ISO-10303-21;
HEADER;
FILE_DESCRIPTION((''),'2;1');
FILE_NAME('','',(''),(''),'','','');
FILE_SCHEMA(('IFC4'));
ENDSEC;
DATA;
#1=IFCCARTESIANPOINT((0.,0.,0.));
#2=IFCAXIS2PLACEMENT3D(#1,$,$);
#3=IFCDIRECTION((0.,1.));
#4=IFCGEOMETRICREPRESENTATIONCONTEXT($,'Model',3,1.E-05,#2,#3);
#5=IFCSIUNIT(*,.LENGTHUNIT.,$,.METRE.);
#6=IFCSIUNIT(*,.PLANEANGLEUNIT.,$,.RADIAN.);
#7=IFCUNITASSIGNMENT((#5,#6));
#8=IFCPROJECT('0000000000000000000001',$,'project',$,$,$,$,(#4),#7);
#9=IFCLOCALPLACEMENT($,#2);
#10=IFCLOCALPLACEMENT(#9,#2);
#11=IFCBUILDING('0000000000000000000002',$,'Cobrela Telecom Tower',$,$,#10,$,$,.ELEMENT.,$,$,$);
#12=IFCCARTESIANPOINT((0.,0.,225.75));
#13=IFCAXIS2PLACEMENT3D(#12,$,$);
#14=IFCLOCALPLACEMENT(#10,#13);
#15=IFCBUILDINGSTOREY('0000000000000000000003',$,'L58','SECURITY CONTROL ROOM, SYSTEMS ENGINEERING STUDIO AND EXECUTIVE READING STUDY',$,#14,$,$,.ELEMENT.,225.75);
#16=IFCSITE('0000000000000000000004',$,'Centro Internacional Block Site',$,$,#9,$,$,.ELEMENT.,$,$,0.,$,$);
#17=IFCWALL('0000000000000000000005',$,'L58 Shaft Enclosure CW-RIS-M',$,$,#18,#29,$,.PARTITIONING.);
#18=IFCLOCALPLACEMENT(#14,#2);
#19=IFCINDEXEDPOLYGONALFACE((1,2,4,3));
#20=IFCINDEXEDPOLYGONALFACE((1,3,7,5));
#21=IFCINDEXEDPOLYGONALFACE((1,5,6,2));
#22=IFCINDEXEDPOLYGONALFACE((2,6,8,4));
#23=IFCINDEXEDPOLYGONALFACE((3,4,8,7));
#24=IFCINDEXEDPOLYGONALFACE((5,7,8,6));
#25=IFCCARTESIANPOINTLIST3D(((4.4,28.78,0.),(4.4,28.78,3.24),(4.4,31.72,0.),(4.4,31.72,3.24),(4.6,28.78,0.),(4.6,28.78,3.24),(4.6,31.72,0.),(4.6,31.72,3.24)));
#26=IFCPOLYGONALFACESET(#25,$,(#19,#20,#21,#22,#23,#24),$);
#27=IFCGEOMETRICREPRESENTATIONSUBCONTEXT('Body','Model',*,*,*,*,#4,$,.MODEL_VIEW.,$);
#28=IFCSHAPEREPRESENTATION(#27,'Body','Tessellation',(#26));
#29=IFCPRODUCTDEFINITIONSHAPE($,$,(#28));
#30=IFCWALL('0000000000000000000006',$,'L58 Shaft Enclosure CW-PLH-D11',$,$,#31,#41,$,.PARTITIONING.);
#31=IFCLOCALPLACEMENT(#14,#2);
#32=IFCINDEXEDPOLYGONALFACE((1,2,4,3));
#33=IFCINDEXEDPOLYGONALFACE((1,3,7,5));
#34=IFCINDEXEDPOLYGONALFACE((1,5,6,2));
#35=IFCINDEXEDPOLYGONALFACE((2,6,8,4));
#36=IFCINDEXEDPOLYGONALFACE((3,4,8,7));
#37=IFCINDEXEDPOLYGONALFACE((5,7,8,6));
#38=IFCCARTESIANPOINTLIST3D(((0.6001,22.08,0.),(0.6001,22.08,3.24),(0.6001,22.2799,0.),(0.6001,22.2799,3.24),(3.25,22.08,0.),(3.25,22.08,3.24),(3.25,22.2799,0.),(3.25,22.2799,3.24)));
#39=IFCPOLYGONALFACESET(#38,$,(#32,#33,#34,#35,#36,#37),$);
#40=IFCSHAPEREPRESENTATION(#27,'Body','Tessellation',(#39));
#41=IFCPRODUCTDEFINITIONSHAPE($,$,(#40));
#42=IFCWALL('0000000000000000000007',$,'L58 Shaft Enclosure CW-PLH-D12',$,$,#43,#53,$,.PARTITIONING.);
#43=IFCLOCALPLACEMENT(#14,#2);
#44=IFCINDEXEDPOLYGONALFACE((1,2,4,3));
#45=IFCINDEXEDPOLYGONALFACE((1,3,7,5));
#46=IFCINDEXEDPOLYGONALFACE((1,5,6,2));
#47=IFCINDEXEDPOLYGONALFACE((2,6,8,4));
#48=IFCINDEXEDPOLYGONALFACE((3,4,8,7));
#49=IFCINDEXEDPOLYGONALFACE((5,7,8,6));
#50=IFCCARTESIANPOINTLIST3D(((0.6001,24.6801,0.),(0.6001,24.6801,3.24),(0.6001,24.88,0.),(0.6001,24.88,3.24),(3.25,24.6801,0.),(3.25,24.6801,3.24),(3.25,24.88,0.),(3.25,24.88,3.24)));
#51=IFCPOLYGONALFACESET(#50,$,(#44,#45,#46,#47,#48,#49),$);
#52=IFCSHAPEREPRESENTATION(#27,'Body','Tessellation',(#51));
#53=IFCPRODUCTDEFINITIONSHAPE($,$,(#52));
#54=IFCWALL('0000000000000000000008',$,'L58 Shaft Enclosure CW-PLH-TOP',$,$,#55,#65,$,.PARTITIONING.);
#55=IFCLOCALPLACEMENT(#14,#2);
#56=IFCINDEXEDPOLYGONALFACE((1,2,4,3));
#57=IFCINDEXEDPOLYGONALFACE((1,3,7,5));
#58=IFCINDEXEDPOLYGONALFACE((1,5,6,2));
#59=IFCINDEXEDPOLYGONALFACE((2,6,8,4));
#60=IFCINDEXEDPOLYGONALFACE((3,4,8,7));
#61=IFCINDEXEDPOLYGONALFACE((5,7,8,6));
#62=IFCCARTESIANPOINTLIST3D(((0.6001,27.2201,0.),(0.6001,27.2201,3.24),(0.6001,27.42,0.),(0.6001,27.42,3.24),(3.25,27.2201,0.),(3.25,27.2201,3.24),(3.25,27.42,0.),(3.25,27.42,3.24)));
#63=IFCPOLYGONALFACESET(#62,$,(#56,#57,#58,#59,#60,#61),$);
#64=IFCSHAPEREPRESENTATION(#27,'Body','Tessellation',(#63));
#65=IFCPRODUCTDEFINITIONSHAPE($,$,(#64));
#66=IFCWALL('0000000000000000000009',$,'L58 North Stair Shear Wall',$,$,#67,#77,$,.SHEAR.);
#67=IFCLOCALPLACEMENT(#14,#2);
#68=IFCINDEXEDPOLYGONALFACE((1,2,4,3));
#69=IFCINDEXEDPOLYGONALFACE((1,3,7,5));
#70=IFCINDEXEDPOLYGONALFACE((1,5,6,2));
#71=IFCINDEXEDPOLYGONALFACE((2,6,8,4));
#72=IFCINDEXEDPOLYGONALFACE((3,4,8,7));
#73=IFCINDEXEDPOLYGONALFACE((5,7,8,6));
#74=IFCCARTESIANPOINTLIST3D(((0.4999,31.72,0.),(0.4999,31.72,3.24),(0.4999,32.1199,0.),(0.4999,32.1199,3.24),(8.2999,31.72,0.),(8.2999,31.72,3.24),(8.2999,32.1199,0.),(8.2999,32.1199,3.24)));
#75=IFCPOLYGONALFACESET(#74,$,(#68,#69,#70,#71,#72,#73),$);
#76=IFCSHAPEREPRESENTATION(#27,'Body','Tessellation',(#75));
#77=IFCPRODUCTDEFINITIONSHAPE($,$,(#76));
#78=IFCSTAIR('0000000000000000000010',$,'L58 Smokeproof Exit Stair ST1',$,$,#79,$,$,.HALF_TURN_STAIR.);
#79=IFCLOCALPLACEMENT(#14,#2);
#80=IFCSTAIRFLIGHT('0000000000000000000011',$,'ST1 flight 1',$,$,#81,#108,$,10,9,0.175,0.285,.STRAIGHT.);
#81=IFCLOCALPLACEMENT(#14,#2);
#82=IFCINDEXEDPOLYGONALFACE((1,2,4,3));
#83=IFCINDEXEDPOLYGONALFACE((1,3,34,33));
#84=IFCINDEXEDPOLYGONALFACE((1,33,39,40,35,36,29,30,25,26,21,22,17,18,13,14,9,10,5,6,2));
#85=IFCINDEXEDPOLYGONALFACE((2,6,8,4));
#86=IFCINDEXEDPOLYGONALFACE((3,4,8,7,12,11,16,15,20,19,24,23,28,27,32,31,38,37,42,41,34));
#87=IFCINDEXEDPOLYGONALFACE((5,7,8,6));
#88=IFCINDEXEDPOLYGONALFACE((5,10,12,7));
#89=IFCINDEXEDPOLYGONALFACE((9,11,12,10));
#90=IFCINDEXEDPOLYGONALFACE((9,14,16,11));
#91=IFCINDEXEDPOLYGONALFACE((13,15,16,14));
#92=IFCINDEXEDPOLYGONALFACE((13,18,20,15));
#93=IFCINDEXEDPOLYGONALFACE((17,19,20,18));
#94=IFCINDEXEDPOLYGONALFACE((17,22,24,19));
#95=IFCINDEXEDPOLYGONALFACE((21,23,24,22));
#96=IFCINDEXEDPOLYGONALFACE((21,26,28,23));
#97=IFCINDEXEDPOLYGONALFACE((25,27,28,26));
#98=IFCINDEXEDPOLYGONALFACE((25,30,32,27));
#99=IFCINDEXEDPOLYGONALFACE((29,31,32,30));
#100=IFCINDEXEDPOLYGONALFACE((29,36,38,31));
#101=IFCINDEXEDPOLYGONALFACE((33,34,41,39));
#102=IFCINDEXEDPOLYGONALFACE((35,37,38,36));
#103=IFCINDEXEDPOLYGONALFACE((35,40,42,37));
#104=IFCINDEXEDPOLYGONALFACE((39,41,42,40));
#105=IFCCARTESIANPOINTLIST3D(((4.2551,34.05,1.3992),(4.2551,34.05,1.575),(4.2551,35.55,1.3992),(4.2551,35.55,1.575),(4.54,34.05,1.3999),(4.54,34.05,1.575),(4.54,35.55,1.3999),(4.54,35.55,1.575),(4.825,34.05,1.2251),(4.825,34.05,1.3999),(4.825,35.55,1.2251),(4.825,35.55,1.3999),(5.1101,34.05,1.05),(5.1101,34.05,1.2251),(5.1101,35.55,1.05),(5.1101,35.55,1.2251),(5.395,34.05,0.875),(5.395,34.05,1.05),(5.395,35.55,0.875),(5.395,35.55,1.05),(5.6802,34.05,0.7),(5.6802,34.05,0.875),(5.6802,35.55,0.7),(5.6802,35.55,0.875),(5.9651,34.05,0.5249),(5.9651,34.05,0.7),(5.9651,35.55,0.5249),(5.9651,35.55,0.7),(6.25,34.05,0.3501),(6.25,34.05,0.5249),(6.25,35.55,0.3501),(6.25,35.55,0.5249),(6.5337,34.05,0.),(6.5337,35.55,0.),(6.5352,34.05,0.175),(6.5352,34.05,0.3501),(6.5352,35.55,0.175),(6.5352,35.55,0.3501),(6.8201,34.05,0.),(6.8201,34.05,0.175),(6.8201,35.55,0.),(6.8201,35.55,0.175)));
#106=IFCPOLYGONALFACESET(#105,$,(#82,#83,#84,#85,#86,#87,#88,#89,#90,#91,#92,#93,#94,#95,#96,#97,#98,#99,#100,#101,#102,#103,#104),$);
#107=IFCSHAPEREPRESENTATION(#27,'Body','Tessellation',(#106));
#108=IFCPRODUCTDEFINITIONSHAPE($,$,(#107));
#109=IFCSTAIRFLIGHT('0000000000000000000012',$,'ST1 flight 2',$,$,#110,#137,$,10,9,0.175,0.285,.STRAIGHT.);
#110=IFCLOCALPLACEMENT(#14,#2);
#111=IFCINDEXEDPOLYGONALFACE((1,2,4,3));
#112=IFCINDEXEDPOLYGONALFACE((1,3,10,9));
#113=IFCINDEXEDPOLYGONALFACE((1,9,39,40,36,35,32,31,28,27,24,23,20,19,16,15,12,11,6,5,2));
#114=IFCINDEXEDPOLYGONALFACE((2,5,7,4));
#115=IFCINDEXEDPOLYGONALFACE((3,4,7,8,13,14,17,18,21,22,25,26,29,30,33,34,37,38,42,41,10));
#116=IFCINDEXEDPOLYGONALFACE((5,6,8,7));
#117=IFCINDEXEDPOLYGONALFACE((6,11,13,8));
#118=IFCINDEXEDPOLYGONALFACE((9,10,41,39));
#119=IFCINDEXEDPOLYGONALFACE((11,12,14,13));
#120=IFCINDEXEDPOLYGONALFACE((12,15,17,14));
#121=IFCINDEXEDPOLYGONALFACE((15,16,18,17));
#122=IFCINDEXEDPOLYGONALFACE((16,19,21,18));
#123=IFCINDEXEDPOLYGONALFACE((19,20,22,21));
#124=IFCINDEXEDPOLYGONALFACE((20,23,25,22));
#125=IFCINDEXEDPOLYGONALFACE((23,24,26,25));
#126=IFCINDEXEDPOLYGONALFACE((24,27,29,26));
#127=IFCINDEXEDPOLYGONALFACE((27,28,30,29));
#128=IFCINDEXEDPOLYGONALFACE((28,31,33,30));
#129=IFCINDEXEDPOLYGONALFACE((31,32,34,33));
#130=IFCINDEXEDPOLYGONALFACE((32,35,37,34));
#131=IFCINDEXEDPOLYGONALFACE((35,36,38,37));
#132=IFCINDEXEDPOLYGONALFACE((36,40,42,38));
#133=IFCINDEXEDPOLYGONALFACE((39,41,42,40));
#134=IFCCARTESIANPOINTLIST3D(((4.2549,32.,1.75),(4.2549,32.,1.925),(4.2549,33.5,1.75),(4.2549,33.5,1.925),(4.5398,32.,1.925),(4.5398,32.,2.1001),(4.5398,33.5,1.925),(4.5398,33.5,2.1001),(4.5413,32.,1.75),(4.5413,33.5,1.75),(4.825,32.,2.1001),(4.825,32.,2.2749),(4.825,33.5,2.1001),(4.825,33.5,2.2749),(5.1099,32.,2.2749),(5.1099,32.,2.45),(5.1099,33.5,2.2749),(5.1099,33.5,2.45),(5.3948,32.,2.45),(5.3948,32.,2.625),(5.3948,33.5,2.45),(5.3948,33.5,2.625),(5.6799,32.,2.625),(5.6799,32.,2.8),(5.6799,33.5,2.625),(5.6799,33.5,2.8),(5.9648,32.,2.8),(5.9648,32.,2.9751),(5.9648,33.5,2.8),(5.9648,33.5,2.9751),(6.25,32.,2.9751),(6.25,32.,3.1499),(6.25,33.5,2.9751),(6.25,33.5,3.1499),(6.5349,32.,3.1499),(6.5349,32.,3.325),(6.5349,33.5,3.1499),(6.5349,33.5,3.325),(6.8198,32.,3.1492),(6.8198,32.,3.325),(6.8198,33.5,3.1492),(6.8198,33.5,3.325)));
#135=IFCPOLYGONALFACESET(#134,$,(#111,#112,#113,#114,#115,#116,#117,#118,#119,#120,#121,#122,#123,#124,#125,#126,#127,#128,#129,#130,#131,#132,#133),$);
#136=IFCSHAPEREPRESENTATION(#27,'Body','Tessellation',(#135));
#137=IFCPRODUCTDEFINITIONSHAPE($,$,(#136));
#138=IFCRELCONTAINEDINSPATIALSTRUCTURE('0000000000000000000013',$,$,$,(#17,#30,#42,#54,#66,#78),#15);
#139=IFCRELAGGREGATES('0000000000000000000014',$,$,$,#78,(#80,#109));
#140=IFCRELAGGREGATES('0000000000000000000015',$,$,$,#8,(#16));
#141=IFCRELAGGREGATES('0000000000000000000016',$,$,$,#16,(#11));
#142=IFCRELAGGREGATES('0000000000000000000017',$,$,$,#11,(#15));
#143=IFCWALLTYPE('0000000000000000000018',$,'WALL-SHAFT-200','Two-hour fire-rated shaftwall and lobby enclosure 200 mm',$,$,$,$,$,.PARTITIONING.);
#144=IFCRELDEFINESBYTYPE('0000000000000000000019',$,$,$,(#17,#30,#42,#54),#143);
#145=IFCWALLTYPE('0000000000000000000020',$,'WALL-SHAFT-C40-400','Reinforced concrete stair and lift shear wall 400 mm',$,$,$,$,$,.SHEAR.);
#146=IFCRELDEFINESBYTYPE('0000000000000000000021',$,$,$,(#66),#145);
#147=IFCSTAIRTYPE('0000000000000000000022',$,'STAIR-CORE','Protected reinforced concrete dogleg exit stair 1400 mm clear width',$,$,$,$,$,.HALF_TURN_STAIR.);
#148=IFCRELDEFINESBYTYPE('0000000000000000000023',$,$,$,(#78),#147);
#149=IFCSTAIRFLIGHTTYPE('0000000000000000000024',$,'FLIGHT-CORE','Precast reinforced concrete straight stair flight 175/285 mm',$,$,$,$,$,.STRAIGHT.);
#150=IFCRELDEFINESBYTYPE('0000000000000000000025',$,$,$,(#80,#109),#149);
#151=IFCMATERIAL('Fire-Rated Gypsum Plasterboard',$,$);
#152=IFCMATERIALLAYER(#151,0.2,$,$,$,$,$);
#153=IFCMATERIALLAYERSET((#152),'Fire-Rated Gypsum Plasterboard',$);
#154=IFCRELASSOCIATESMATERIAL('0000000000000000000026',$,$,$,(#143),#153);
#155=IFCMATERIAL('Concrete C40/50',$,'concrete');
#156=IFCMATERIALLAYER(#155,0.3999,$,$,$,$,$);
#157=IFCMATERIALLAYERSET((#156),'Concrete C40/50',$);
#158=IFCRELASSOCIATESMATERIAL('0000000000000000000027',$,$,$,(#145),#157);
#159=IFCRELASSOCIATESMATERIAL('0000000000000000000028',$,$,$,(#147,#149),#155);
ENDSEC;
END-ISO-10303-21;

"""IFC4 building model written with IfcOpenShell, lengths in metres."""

from ifc_helpers import new_model, si_unit, direction, frame, frame_2d, origin, place, context, subcontext, project, spatial, polyline, rectangle, outline, extrude, material, layer, layer_set, type_object, element, aggregate, save


model = new_model("IFC4")

# Units and contexts
model_context = context("Model", 3, precision=1e-05, world=origin(), true_north=direction((0.0, 1.0)))
body_context = subcontext(model_context, "Body", "Model", "MODEL_VIEW")
ifc_project = project(units=[si_unit("LENGTHUNIT", "METRE"), si_unit("PLANEANGLEUNIT", "RADIAN")], contexts=[model_context])

# Site, building, storey
site_placement = place(None, origin())
site = spatial("IfcSite", under=ifc_project, at=site_placement, Name="Centro Internacional Block Site", CompositionType="ELEMENT", RefElevation=0.0)
building_placement = place(site_placement, origin())
building = spatial("IfcBuilding", under=site, at=building_placement, Name="Cobrela Telecom Tower", CompositionType="ELEMENT")
storey_placement = place(building_placement, frame((0.0, 0.0, 225.75)))
storey = spatial("IfcBuildingStorey", under=building, at=storey_placement, Name="L58", Description="SECURITY CONTROL ROOM, SYSTEMS ENGINEERING STUDIO AND EXECUTIVE READING STUDY", CompositionType="ELEMENT", Elevation=225.75)

# Shared definitions
ifc_material_1 = material(Name="Fire-Rated Gypsum Plasterboard")
ifc_layer_1 = layer(ifc_material_1, 0.2)
ifc_layer_set_1 = layer_set([ifc_layer_1], Name="Fire-Rated Gypsum Plasterboard")
wall_type_1 = type_object("IfcWallType", Name="WALL-SHAFT-200", Description="Two-hour fire-rated shaftwall and lobby enclosure 200 mm", PredefinedType="PARTITIONING", material=ifc_layer_set_1)

# Walls
wall_1_placement = place(storey_placement, frame((4.5, 28.78, 0.0), z_axis=(0.0, 0.0, 1.0), x_axis=(0.0, 1.0, 0.0)))
element("IfcWall", 1, at=wall_1_placement, inside=storey, type_object=wall_type_1, Name="L58 Shaft Enclosure CW-RIS-M", PredefinedType="PARTITIONING", context=body_context, shape_type="SweptSolid", body=[
    extrude(rectangle(XDim=2.9399, YDim=0.2, at=frame_2d((1.47, 0.0))), origin(), (0.0, 0.0, 1.0), 3.24),
])
for number, where, z_axis, x_axis, name in (
    (2, (0.6001, 22.1799, 0.0), (0.0, 0.0, 1.0), (1.0, 0.0, 0.0), "L58 Shaft Enclosure CW-PLH-D11"),
    (3, (0.6001, 24.78, 0.0), (0.0, 0.0, 1.0), (1.0, 0.0, 0.0), "L58 Shaft Enclosure CW-PLH-D12"),
    (4, (0.6001, 27.3201, 0.0), (0.0, 0.0, 1.0), (1.0, 0.0, 0.0), "L58 Shaft Enclosure CW-PLH-TOP"),
):
    element("IfcWall", number, at=place(storey_placement, frame(where, z_axis=z_axis, x_axis=x_axis)), inside=storey, type_object=wall_type_1, Name=name, PredefinedType="PARTITIONING", context=body_context, shape_type="SweptSolid", body=[
        extrude(rectangle(XDim=2.6499, YDim=0.2, at=frame_2d((1.325, 0.0))), origin(), (0.0, 0.0, 1.0), 3.24),
    ])
ifc_material_2 = material(Name="Concrete C40/50", Category="concrete")
ifc_layer_2 = layer(ifc_material_2, 0.3999)
ifc_layer_set_2 = layer_set([ifc_layer_2], Name="Concrete C40/50")
wall_type_2 = type_object("IfcWallType", Name="WALL-SHAFT-C40-400", Description="Reinforced concrete stair and lift shear wall 400 mm", PredefinedType="SHEAR", material=ifc_layer_set_2)
wall_2_placement = place(storey_placement, frame((0.5, 31.9199, 0.0), z_axis=(0.0, 0.0, 1.0), x_axis=(1.0, 0.0, 0.0)))
element("IfcWall", 5, at=wall_2_placement, inside=storey, type_object=wall_type_2, Name="L58 North Stair Shear Wall", PredefinedType="SHEAR", context=body_context, shape_type="SweptSolid", body=[
    extrude(rectangle(XDim=7.8, YDim=0.3999, at=frame_2d((3.8999, 0.0))), origin(), (0.0, 0.0, 1.0), 3.24),
])

# Stair, stair flights
stair_type = type_object("IfcStairType", Name="STAIR-CORE", Description="Protected reinforced concrete dogleg exit stair 1400 mm clear width", PredefinedType="HALF_TURN_STAIR", material=ifc_material_2)
stair_placement = place(storey_placement, origin())
stair = element("IfcStair", 6, at=stair_placement, inside=storey, type_object=stair_type, Name="L58 Smokeproof Exit Stair ST1", PredefinedType="HALF_TURN_STAIR")
stair_flight_type = type_object("IfcStairFlightType", Name="FLIGHT-CORE", Description="Precast reinforced concrete straight stair flight 175/285 mm", PredefinedType="STRAIGHT", material=ifc_material_2)
stair_flight_1_placement = place(storey_placement, frame((6.8201, 34.8, 0.0), z_axis=(0.0, 0.0, 1.0), x_axis=(-1.0, 0.0, 0.0)))
stair_flight_1 = element("IfcStairFlight", 7, at=stair_flight_1_placement, type_object=stair_flight_type, Name="ST1 flight 1", NumberOfRisers=10, NumberOfTreads=9, PredefinedType="STRAIGHT", RiserHeight=0.175, TreadLength=0.285, context=body_context, shape_type="SweptSolid", body=[
    extrude(outline(polyline([(0.0, 0.0), (0.0, 0.175), (0.2849, 0.175), (0.2849, 0.3501), (0.5701, 0.3501), (0.5701, 0.5249), (0.855, 0.5249), (0.855, 0.7), (1.1399, 0.7), (1.1399, 0.875), (1.425, 0.875), (1.425, 1.05), (1.71, 1.05), (1.71, 1.2251), (1.9951, 1.2251), (1.9951, 1.3999), (2.28, 1.3999), (2.28, 1.575), (2.5649, 1.575), (2.5649, 1.75), (2.5649, 1.3992), (0.2864, 0.0), (0.0, 0.0)])), frame((0.0, 0.75, 0.0), z_axis=(0.0, -1.0, 0.0), x_axis=(1.0, 0.0, 0.0)), (0.0, 0.0, 1.0), 1.5),
])
stair_flight_2_placement = place(storey_placement, frame((4.2549, 32.75, 1.75), z_axis=(0.0, 0.0, 1.0), x_axis=(1.0, 0.0, 0.0)))
stair_flight_2 = element("IfcStairFlight", 8, at=stair_flight_2_placement, type_object=stair_flight_type, Name="ST1 flight 2", NumberOfRisers=10, NumberOfTreads=9, PredefinedType="STRAIGHT", RiserHeight=0.175, TreadLength=0.285, context=body_context, shape_type="SweptSolid", body=[
    extrude(outline(polyline([(0.0, 0.0), (0.0, 0.175), (0.2849, 0.175), (0.2849, 0.3501), (0.5701, 0.3501), (0.5701, 0.5249), (0.855, 0.5249), (0.855, 0.7), (1.1399, 0.7), (1.1399, 0.875), (1.425, 0.875), (1.425, 1.05), (1.71, 1.05), (1.71, 1.2251), (1.9951, 1.2251), (1.9951, 1.3999), (2.28, 1.3999), (2.28, 1.575), (2.5649, 1.575), (2.5649, 1.75), (2.5649, 1.3992), (0.2864, 0.0), (0.0, 0.0)])), frame((0.0, 0.75, 0.0), z_axis=(0.0, -1.0, 0.0), x_axis=(1.0, 0.0, 0.0)), (0.0, 0.0, 1.0), 1.5),
])
aggregate(stair, [stair_flight_1, stair_flight_2])

save(model, "model.ifc")
